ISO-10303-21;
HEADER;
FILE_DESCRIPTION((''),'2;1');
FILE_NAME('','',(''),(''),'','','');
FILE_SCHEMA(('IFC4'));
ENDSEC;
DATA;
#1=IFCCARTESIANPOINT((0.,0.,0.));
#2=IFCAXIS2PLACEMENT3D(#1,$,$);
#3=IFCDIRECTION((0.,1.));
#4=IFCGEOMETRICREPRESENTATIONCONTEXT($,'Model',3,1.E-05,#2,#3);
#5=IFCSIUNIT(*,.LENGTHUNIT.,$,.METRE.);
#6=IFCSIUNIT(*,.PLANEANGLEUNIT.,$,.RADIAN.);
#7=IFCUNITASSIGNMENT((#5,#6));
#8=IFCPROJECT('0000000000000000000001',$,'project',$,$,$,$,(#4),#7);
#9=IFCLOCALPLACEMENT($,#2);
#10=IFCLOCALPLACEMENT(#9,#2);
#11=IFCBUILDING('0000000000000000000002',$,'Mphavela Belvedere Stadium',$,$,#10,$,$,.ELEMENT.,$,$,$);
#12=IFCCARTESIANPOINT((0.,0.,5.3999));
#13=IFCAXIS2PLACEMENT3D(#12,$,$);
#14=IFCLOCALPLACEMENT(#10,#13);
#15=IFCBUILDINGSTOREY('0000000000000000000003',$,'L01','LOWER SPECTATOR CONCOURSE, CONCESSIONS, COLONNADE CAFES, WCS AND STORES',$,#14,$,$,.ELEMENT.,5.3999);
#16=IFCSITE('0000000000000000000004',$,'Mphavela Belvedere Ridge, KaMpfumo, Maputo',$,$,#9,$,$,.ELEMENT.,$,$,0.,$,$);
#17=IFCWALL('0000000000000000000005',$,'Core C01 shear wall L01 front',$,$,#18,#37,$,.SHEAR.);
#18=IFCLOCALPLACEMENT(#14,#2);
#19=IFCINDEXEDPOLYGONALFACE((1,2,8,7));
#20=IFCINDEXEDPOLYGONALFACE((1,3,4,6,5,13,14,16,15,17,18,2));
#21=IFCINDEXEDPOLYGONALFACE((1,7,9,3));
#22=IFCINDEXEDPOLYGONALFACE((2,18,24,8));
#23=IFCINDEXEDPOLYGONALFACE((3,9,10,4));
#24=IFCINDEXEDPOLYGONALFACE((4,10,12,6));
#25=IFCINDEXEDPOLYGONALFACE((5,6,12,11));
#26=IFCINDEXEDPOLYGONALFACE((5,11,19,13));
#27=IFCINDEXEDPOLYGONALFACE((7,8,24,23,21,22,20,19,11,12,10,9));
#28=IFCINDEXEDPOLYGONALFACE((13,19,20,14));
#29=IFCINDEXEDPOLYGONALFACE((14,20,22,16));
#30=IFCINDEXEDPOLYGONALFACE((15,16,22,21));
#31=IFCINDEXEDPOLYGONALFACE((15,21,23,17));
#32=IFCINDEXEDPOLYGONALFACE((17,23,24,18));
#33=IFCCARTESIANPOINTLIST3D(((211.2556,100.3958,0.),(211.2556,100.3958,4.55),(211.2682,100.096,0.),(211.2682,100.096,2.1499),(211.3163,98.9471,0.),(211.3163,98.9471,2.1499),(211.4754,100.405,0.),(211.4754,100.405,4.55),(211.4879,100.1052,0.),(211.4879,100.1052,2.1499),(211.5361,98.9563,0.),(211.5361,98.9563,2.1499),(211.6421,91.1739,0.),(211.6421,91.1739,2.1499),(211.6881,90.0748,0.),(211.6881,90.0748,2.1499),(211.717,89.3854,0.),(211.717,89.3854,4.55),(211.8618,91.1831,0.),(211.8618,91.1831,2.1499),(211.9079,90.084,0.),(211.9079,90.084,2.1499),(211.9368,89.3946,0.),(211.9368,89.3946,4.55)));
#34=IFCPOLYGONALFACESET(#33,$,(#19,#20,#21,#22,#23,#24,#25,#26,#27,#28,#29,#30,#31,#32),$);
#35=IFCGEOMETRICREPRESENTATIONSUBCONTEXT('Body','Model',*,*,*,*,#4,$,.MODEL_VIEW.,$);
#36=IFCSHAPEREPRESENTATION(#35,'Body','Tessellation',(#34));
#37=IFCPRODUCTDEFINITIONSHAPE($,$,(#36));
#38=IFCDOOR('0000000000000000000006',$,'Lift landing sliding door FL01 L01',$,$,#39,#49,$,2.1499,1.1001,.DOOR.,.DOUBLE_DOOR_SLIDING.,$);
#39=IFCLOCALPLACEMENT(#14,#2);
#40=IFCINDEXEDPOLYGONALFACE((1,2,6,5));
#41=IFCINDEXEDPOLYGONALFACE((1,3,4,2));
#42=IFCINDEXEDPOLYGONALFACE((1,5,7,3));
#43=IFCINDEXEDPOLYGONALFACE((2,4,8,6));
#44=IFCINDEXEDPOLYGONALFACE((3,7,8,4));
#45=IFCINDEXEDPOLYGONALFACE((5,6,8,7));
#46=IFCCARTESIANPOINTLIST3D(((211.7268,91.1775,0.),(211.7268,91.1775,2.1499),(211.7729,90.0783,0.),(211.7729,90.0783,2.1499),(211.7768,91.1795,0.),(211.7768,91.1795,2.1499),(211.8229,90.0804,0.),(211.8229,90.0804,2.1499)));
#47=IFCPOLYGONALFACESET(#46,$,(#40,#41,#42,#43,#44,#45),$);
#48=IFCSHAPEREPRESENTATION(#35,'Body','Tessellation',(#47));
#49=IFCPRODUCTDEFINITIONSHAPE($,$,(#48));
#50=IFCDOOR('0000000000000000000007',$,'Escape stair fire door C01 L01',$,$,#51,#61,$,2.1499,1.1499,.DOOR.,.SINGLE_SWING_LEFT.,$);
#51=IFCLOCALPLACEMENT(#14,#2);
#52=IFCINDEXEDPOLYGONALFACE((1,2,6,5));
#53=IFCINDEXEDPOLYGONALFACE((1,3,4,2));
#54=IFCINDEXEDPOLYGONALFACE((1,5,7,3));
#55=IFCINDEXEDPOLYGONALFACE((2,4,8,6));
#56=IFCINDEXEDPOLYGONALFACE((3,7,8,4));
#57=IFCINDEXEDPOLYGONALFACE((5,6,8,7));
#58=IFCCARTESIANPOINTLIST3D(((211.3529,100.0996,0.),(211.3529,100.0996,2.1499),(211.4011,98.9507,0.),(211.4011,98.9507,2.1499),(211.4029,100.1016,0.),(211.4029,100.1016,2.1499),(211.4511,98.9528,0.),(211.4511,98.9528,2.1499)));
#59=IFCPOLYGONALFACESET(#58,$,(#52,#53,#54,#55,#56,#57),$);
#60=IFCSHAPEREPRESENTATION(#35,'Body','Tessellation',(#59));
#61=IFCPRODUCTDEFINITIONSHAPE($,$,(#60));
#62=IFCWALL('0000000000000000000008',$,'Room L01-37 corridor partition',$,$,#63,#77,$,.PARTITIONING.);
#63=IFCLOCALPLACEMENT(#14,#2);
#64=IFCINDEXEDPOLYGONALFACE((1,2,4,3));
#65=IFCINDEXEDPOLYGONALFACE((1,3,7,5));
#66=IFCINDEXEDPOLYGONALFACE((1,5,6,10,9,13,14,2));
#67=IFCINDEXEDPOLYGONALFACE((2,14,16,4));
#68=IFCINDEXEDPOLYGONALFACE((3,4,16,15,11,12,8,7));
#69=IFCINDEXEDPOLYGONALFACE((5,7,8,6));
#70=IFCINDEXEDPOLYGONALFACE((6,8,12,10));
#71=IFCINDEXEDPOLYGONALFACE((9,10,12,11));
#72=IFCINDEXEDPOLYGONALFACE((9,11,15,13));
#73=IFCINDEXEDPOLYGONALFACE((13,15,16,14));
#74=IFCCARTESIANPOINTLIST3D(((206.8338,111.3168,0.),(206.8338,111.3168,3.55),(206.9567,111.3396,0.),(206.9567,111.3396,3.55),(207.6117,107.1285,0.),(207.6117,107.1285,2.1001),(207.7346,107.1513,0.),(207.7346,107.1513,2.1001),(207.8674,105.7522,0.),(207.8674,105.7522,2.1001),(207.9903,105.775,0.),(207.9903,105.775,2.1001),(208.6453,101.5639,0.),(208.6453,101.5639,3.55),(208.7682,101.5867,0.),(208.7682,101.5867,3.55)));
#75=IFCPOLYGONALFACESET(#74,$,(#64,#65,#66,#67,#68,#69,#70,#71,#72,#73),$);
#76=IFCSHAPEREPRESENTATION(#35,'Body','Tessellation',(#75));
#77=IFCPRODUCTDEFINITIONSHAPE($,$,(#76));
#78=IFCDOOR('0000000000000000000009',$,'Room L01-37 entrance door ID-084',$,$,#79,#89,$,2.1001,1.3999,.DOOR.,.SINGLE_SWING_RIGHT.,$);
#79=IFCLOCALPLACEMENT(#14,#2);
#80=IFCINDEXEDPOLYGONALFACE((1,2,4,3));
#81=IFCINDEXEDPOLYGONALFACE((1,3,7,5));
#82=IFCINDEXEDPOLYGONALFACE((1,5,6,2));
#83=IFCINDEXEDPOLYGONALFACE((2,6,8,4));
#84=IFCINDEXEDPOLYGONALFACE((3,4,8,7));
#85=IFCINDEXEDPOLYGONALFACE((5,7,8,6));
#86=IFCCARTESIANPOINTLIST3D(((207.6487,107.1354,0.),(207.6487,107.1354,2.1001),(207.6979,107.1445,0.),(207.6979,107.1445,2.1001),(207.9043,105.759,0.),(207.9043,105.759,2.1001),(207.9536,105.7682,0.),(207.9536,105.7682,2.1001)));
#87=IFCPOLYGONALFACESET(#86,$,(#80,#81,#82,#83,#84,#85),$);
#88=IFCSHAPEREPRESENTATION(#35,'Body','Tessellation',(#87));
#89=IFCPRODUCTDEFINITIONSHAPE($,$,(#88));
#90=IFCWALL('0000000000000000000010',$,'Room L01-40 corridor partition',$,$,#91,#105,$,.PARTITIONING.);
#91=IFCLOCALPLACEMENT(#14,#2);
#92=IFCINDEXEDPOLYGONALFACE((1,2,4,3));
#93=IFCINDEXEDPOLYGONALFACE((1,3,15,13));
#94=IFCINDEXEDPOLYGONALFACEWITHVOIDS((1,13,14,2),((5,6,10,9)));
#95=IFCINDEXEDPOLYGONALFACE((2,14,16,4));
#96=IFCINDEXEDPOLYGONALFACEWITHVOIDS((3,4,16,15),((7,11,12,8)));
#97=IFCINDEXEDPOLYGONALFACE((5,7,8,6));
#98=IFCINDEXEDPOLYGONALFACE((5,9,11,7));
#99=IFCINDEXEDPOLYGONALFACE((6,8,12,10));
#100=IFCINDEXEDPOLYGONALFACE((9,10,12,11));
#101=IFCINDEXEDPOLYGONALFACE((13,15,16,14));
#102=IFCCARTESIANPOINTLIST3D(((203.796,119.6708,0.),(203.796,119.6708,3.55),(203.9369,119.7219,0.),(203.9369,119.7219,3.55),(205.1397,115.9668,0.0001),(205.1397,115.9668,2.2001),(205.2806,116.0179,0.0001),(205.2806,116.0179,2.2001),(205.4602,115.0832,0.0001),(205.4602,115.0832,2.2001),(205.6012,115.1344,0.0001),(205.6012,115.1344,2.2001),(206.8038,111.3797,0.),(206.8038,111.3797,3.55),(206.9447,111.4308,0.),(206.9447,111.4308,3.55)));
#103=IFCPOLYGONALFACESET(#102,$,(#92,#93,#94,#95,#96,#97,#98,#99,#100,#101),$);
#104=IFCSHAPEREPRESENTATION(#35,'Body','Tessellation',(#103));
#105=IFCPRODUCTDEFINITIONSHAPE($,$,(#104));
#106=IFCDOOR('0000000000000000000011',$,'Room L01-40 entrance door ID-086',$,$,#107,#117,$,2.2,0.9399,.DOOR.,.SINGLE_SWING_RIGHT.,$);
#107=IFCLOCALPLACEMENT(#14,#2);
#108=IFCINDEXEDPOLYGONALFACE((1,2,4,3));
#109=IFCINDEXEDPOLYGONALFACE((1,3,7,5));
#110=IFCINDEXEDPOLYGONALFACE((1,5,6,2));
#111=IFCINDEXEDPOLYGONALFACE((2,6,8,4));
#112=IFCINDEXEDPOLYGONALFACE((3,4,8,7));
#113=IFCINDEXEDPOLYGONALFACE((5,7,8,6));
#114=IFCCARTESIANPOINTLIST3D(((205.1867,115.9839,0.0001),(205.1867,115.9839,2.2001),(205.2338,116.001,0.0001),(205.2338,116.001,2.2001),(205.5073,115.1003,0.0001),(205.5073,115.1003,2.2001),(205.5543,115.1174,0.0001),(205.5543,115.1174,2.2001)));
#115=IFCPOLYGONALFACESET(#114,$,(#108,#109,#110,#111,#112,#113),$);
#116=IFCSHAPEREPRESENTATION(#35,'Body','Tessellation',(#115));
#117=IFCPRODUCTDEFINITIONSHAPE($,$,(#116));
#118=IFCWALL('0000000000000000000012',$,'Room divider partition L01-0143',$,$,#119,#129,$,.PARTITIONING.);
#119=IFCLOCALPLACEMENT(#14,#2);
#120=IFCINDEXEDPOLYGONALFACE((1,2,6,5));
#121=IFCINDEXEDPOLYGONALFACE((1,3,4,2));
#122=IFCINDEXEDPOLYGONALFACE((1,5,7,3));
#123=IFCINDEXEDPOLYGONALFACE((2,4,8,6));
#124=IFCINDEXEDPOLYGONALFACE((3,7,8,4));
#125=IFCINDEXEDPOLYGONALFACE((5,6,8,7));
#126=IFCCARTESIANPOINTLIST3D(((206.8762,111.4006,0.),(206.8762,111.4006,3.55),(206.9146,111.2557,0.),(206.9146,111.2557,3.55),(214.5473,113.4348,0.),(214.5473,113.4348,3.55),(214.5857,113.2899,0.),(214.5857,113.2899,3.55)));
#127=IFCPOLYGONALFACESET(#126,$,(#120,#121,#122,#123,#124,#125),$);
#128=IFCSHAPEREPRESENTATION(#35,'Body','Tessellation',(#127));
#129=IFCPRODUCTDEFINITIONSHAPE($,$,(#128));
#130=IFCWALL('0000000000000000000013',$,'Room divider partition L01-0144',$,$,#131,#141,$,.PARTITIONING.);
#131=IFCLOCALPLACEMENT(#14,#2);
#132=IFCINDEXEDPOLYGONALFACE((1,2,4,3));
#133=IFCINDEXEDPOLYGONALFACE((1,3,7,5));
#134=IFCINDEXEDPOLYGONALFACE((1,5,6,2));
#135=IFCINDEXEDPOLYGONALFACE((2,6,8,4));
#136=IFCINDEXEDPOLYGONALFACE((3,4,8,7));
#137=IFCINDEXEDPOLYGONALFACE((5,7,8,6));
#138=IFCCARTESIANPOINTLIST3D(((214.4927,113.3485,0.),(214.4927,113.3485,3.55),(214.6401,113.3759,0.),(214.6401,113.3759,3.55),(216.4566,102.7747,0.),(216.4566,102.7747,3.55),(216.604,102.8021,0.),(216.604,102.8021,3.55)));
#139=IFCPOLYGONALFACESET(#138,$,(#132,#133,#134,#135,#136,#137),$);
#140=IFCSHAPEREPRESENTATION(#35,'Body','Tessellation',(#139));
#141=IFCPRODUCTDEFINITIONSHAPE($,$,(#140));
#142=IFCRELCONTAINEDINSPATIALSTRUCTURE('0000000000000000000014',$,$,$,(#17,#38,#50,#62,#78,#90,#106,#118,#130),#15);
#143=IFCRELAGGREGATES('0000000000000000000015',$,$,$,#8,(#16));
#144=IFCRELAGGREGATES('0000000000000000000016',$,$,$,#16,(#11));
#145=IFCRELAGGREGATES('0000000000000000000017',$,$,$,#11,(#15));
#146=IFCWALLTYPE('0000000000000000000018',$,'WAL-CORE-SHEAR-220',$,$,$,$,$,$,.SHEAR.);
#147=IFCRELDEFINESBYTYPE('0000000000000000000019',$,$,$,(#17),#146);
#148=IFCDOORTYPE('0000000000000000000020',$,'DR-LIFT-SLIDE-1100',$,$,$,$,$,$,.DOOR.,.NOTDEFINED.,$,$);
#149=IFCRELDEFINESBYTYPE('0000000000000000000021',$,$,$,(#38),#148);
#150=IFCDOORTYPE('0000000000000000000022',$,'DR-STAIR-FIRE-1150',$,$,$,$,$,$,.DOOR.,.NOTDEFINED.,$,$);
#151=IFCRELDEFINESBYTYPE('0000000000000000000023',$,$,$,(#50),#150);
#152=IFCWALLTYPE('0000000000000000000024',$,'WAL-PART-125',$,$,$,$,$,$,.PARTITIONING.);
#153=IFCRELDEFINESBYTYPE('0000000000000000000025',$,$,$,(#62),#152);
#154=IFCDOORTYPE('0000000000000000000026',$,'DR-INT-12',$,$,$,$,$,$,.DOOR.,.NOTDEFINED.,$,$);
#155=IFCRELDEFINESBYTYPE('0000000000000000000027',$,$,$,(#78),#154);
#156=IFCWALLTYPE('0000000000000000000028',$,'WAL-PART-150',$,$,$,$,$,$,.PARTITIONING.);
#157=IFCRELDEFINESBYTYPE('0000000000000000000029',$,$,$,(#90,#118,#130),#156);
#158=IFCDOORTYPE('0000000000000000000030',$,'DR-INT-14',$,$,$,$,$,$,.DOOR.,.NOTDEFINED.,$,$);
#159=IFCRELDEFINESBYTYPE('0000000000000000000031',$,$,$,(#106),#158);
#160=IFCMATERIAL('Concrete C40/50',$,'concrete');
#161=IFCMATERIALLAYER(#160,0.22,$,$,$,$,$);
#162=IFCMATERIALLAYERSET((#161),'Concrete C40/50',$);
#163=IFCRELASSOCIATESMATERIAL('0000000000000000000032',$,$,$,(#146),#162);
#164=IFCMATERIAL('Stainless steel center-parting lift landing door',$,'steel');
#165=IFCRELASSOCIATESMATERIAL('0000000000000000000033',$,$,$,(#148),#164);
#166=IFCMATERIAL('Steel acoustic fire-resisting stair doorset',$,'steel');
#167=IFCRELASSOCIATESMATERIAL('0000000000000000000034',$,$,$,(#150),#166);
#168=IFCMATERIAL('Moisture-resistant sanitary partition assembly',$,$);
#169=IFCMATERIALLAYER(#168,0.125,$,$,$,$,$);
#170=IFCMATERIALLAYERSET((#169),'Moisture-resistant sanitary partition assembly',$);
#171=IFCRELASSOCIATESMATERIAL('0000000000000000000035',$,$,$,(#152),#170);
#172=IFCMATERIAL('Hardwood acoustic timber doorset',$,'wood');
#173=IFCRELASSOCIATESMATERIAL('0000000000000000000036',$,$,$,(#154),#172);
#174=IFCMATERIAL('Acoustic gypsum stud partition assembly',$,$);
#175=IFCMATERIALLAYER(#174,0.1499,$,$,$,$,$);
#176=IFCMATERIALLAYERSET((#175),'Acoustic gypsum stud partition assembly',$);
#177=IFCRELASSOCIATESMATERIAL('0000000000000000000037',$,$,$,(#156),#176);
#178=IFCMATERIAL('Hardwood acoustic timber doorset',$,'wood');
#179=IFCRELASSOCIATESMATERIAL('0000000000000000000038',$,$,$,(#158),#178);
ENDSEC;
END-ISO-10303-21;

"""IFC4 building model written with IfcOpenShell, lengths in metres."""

from ifc_helpers import new_model, si_unit, direction, frame, frame_2d, origin, place, context, subcontext, project, spatial, rectangle, extrude, material, layer, layer_set, type_object, element, fill, save


model = new_model("IFC4")

# Units and contexts
model_context = context("Model", 3, precision=1e-05, world=origin(), true_north=direction((0.0, 1.0)))
body_context = subcontext(model_context, "Body", "Model", "MODEL_VIEW")
ifc_project = project(units=[si_unit("LENGTHUNIT", "METRE"), si_unit("PLANEANGLEUNIT", "RADIAN")], contexts=[model_context])

# Site, building, storey
site_placement = place(None, origin())
site = spatial("IfcSite", under=ifc_project, at=site_placement, Name="Mphavela Belvedere Ridge, KaMpfumo, Maputo", CompositionType="ELEMENT", RefElevation=0.0)
building_placement = place(site_placement, origin())
building = spatial("IfcBuilding", under=site, at=building_placement, Name="Mphavela Belvedere Stadium", CompositionType="ELEMENT")
storey_placement = place(building_placement, frame((0.0, 0.0, 5.3999)))
storey = spatial("IfcBuildingStorey", under=building, at=storey_placement, Name="L01", Description="LOWER SPECTATOR CONCOURSE, CONCESSIONS, COLONNADE CAFES, WCS AND STORES", CompositionType="ELEMENT", Elevation=5.3999)

# Shared definitions
ifc_material_1 = material(Name="Concrete C40/50", Category="concrete")
ifc_layer_1 = layer(ifc_material_1, 0.22)
ifc_layer_set_1 = layer_set([ifc_layer_1], Name="Concrete C40/50")
wall_type_1 = type_object("IfcWallType", Name="WAL-CORE-SHEAR-220", PredefinedType="SHEAR", material=ifc_layer_set_1)

# Wall, openings, doors
wall_1_placement = place(storey_placement, frame((211.3655, 100.4004, 0.0), z_axis=(0.0, 0.0, 1.0), x_axis=(0.041872, -0.999123, 0.0)))
wall_1 = element("IfcWall", 1, at=wall_1_placement, inside=storey, type_object=wall_type_1, Name="Core C01 shear wall L01 front", PredefinedType="SHEAR", context=body_context, shape_type="SweptSolid", body=[
    extrude(rectangle(XDim=11.02, YDim=0.22, at=frame_2d((5.51, 0.0))), origin(), (0.0, 0.0, 1.0), 4.55),
])
opening_1_placement = place(wall_1_placement, frame((0.3, 0.0, 0.0)))
opening_1 = element("IfcOpeningElement", 2, at=opening_1_placement, cuts=wall_1, PredefinedType="OPENING", context=body_context, shape_type="SweptSolid", body=[
    extrude(rectangle(XDim=1.1499, YDim=2.1499, at=frame_2d((0.575, 1.075))), frame((0.0, 0.1201, 0.0), z_axis=(0.0, -1.0, 0.0), x_axis=(1.0, 0.0, 0.0)), (0.0, 0.0, 1.0), 0.24),
])
opening_2_placement = place(wall_1_placement, frame((9.23, 0.0, 0.0)))
opening_2 = element("IfcOpeningElement", 3, at=opening_2_placement, cuts=wall_1, PredefinedType="OPENING", context=body_context, shape_type="SweptSolid", body=[
    extrude(rectangle(XDim=1.1001, YDim=2.1499, at=frame_2d((0.55, 1.075))), frame((0.0, 0.1201, 0.0), z_axis=(0.0, -1.0, 0.0), x_axis=(1.0, 0.0, 0.0)), (0.0, 0.0, 1.0), 0.24),
])
ifc_material_2 = material(Name="Stainless steel center-parting lift landing door", Category="steel")
door_type_1 = type_object("IfcDoorType", Name="DR-LIFT-SLIDE-1100", OperationType="NOTDEFINED", PredefinedType="DOOR", material=ifc_material_2)
door_1_placement = place(opening_2_placement, origin())
door_1 = element("IfcDoor", 4, at=door_1_placement, inside=storey, type_object=door_type_1, Name="Lift landing sliding door FL01 L01", OperationType="DOUBLE_DOOR_SLIDING", OverallHeight=2.1499, OverallWidth=1.1001, PredefinedType="DOOR", context=body_context, shape_type="SweptSolid", body=[
    extrude(rectangle(XDim=1.1001, YDim=2.1499, at=frame_2d((0.55, 1.075))), frame((0.0, 0.0249, 0.0), z_axis=(0.0, -1.0, 0.0), x_axis=(1.0, 0.0, 0.0)), (0.0, 0.0, 1.0), 0.05),
])
fill(opening_2, door_1)
ifc_material_3 = material(Name="Steel acoustic fire-resisting stair doorset", Category="steel")
door_type_2 = type_object("IfcDoorType", Name="DR-STAIR-FIRE-1150", OperationType="NOTDEFINED", PredefinedType="DOOR", material=ifc_material_3)
door_2_placement = place(opening_1_placement, origin())
door_2 = element("IfcDoor", 5, at=door_2_placement, inside=storey, type_object=door_type_2, Name="Escape stair fire door C01 L01", OperationType="SINGLE_SWING_LEFT", OverallHeight=2.1499, OverallWidth=1.1499, PredefinedType="DOOR", context=body_context, shape_type="SweptSolid", body=[
    extrude(rectangle(XDim=1.1499, YDim=2.1499, at=frame_2d((0.575, 1.075))), frame((0.0, 0.0249, 0.0), z_axis=(0.0, -1.0, 0.0), x_axis=(1.0, 0.0, 0.0)), (0.0, 0.0, 1.0), 0.05),
])
fill(opening_1, door_2)

# Walls, openings, doors
ifc_material_4 = material(Name="Moisture-resistant sanitary partition assembly")
ifc_layer_2 = layer(ifc_material_4, 0.125)
ifc_layer_set_2 = layer_set([ifc_layer_2], Name="Moisture-resistant sanitary partition assembly")
wall_type_2 = type_object("IfcWallType", Name="WAL-PART-125", PredefinedType="PARTITIONING", material=ifc_layer_set_2)
wall_2_placement = place(storey_placement, frame((208.7068, 101.5752, 0.0), z_axis=(0.0, 0.0, 1.0), x_axis=(-0.182618, 0.983184, 0.0)))
wall_2 = element("IfcWall", 6, at=wall_2_placement, inside=storey, type_object=wall_type_2, Name="Room L01-37 corridor partition", PredefinedType="PARTITIONING", context=body_context, shape_type="SweptSolid", body=[
    extrude(rectangle(XDim=9.9197, YDim=0.125, at=frame_2d((4.96, 0.0))), origin(), (0.0, 0.0, 1.0), 3.55),
])
opening_3_placement = place(wall_2_placement, frame((4.26, 0.0, 0.0)))
opening_3 = element("IfcOpeningElement", 7, at=opening_3_placement, cuts=wall_2, PredefinedType="OPENING", context=body_context, shape_type="SweptSolid", body=[
    extrude(rectangle(XDim=1.3999, YDim=2.1001, at=frame_2d((0.7, 1.05))), frame((0.0, 0.0725, 0.0), z_axis=(0.0, -1.0, 0.0), x_axis=(1.0, 0.0, 0.0)), (0.0, 0.0, 1.0), 0.145),
])
ifc_material_5 = material(Name="Hardwood acoustic timber doorset", Category="wood")
door_type_3 = type_object("IfcDoorType", Name="DR-INT-12", OperationType="NOTDEFINED", PredefinedType="DOOR", material=ifc_material_5)
door_3_placement = place(opening_3_placement, origin())
door_3 = element("IfcDoor", 8, at=door_3_placement, inside=storey, type_object=door_type_3, Name="Room L01-37 entrance door ID-084", OperationType="SINGLE_SWING_RIGHT", OverallHeight=2.1001, OverallWidth=1.3999, PredefinedType="DOOR", context=body_context, shape_type="SweptSolid", body=[
    extrude(rectangle(XDim=1.3999, YDim=2.1001, at=frame_2d((0.7, 1.05))), frame((0.0, 0.0249, 0.0), z_axis=(0.0, -1.0, 0.0), x_axis=(1.0, 0.0, 0.0)), (0.0, 0.0, 1.0), 0.05),
])
fill(opening_3, door_3)
ifc_material_6 = material(Name="Acoustic gypsum stud partition assembly")
ifc_layer_3 = layer(ifc_material_6, 0.1499)
ifc_layer_set_3 = layer_set([ifc_layer_3], Name="Acoustic gypsum stud partition assembly")
wall_type_3 = type_object("IfcWallType", Name="WAL-PART-150", PredefinedType="PARTITIONING", material=ifc_layer_set_3)
wall_3_placement = place(storey_placement, frame((206.8743, 111.4053, 0.0), z_axis=(0.0, 0.0, 1.0), x_axis=(-0.341032, 0.940052, 0.0)))
wall_3 = element("IfcWall", 9, at=wall_3_placement, inside=storey, type_object=wall_type_3, Name="Room L01-40 corridor partition", PredefinedType="PARTITIONING", context=body_context, shape_type="SweptSolid", body=[
    extrude(rectangle(XDim=8.8198, YDim=0.1499, at=frame_2d((4.4099, 0.0))), origin(), (0.0, 0.0, 1.0), 3.55),
])
opening_4_placement = place(wall_3_placement, frame((3.9397, 0.0, 0.0)))
opening_4 = element("IfcOpeningElement", 10, at=opening_4_placement, cuts=wall_3, PredefinedType="OPENING", context=body_context, shape_type="SweptSolid", body=[
    extrude(rectangle(XDim=0.9399, YDim=2.2, at=frame_2d((0.47, 1.1001))), frame((0.0, 0.085, 0.0), z_axis=(0.0, -1.0, 0.0), x_axis=(1.0, 0.0, 0.0)), (0.0, 0.0, 1.0), 0.1699),
])
ifc_material_7 = material(Name="Hardwood acoustic timber doorset", Category="wood")
door_type_4 = type_object("IfcDoorType", Name="DR-INT-14", OperationType="NOTDEFINED", PredefinedType="DOOR", material=ifc_material_7)
door_4_placement = place(opening_4_placement, origin())
door_4 = element("IfcDoor", 11, at=door_4_placement, inside=storey, type_object=door_type_4, Name="Room L01-40 entrance door ID-086", OperationType="SINGLE_SWING_RIGHT", OverallHeight=2.2, OverallWidth=0.9399, PredefinedType="DOOR", context=body_context, shape_type="SweptSolid", body=[
    extrude(rectangle(XDim=0.9399, YDim=2.2, at=frame_2d((0.47, 1.1001))), frame((0.0, 0.0249, 0.0), z_axis=(0.0, -1.0, 0.0), x_axis=(1.0, 0.0, 0.0)), (0.0, 0.0, 1.0), 0.05),
])
fill(opening_4, door_4)

# Walls
wall_4_placement = place(storey_placement, frame((206.8953, 111.3281, 0.0), z_axis=(0.0, 0.0, 1.0), x_axis=(0.966593, 0.256314, 0.0)))
element("IfcWall", 12, at=wall_4_placement, inside=storey, type_object=wall_type_3, Name="Room divider partition L01-0143", PredefinedType="PARTITIONING", context=body_context, shape_type="SweptSolid", body=[
    extrude(rectangle(XDim=7.9363, YDim=0.1499, at=frame_2d((3.9683, 0.0))), origin(), (0.0, 0.0, 1.0), 3.55),
])
wall_5_placement = place(storey_placement, frame((214.5664, 113.3623, 0.0), z_axis=(0.0, 0.0, 1.0), x_axis=(0.182608, -0.983186, 0.0)))
element("IfcWall", 13, at=wall_5_placement, inside=storey, type_object=wall_type_3, Name="Room divider partition L01-0144", PredefinedType="PARTITIONING", context=body_context, shape_type="SweptSolid", body=[
    extrude(rectangle(XDim=10.7546, YDim=0.1499, at=frame_2d((5.3774, 0.0))), origin(), (0.0, 0.0, 1.0), 3.55),
])

save(model, "model.ifc")
